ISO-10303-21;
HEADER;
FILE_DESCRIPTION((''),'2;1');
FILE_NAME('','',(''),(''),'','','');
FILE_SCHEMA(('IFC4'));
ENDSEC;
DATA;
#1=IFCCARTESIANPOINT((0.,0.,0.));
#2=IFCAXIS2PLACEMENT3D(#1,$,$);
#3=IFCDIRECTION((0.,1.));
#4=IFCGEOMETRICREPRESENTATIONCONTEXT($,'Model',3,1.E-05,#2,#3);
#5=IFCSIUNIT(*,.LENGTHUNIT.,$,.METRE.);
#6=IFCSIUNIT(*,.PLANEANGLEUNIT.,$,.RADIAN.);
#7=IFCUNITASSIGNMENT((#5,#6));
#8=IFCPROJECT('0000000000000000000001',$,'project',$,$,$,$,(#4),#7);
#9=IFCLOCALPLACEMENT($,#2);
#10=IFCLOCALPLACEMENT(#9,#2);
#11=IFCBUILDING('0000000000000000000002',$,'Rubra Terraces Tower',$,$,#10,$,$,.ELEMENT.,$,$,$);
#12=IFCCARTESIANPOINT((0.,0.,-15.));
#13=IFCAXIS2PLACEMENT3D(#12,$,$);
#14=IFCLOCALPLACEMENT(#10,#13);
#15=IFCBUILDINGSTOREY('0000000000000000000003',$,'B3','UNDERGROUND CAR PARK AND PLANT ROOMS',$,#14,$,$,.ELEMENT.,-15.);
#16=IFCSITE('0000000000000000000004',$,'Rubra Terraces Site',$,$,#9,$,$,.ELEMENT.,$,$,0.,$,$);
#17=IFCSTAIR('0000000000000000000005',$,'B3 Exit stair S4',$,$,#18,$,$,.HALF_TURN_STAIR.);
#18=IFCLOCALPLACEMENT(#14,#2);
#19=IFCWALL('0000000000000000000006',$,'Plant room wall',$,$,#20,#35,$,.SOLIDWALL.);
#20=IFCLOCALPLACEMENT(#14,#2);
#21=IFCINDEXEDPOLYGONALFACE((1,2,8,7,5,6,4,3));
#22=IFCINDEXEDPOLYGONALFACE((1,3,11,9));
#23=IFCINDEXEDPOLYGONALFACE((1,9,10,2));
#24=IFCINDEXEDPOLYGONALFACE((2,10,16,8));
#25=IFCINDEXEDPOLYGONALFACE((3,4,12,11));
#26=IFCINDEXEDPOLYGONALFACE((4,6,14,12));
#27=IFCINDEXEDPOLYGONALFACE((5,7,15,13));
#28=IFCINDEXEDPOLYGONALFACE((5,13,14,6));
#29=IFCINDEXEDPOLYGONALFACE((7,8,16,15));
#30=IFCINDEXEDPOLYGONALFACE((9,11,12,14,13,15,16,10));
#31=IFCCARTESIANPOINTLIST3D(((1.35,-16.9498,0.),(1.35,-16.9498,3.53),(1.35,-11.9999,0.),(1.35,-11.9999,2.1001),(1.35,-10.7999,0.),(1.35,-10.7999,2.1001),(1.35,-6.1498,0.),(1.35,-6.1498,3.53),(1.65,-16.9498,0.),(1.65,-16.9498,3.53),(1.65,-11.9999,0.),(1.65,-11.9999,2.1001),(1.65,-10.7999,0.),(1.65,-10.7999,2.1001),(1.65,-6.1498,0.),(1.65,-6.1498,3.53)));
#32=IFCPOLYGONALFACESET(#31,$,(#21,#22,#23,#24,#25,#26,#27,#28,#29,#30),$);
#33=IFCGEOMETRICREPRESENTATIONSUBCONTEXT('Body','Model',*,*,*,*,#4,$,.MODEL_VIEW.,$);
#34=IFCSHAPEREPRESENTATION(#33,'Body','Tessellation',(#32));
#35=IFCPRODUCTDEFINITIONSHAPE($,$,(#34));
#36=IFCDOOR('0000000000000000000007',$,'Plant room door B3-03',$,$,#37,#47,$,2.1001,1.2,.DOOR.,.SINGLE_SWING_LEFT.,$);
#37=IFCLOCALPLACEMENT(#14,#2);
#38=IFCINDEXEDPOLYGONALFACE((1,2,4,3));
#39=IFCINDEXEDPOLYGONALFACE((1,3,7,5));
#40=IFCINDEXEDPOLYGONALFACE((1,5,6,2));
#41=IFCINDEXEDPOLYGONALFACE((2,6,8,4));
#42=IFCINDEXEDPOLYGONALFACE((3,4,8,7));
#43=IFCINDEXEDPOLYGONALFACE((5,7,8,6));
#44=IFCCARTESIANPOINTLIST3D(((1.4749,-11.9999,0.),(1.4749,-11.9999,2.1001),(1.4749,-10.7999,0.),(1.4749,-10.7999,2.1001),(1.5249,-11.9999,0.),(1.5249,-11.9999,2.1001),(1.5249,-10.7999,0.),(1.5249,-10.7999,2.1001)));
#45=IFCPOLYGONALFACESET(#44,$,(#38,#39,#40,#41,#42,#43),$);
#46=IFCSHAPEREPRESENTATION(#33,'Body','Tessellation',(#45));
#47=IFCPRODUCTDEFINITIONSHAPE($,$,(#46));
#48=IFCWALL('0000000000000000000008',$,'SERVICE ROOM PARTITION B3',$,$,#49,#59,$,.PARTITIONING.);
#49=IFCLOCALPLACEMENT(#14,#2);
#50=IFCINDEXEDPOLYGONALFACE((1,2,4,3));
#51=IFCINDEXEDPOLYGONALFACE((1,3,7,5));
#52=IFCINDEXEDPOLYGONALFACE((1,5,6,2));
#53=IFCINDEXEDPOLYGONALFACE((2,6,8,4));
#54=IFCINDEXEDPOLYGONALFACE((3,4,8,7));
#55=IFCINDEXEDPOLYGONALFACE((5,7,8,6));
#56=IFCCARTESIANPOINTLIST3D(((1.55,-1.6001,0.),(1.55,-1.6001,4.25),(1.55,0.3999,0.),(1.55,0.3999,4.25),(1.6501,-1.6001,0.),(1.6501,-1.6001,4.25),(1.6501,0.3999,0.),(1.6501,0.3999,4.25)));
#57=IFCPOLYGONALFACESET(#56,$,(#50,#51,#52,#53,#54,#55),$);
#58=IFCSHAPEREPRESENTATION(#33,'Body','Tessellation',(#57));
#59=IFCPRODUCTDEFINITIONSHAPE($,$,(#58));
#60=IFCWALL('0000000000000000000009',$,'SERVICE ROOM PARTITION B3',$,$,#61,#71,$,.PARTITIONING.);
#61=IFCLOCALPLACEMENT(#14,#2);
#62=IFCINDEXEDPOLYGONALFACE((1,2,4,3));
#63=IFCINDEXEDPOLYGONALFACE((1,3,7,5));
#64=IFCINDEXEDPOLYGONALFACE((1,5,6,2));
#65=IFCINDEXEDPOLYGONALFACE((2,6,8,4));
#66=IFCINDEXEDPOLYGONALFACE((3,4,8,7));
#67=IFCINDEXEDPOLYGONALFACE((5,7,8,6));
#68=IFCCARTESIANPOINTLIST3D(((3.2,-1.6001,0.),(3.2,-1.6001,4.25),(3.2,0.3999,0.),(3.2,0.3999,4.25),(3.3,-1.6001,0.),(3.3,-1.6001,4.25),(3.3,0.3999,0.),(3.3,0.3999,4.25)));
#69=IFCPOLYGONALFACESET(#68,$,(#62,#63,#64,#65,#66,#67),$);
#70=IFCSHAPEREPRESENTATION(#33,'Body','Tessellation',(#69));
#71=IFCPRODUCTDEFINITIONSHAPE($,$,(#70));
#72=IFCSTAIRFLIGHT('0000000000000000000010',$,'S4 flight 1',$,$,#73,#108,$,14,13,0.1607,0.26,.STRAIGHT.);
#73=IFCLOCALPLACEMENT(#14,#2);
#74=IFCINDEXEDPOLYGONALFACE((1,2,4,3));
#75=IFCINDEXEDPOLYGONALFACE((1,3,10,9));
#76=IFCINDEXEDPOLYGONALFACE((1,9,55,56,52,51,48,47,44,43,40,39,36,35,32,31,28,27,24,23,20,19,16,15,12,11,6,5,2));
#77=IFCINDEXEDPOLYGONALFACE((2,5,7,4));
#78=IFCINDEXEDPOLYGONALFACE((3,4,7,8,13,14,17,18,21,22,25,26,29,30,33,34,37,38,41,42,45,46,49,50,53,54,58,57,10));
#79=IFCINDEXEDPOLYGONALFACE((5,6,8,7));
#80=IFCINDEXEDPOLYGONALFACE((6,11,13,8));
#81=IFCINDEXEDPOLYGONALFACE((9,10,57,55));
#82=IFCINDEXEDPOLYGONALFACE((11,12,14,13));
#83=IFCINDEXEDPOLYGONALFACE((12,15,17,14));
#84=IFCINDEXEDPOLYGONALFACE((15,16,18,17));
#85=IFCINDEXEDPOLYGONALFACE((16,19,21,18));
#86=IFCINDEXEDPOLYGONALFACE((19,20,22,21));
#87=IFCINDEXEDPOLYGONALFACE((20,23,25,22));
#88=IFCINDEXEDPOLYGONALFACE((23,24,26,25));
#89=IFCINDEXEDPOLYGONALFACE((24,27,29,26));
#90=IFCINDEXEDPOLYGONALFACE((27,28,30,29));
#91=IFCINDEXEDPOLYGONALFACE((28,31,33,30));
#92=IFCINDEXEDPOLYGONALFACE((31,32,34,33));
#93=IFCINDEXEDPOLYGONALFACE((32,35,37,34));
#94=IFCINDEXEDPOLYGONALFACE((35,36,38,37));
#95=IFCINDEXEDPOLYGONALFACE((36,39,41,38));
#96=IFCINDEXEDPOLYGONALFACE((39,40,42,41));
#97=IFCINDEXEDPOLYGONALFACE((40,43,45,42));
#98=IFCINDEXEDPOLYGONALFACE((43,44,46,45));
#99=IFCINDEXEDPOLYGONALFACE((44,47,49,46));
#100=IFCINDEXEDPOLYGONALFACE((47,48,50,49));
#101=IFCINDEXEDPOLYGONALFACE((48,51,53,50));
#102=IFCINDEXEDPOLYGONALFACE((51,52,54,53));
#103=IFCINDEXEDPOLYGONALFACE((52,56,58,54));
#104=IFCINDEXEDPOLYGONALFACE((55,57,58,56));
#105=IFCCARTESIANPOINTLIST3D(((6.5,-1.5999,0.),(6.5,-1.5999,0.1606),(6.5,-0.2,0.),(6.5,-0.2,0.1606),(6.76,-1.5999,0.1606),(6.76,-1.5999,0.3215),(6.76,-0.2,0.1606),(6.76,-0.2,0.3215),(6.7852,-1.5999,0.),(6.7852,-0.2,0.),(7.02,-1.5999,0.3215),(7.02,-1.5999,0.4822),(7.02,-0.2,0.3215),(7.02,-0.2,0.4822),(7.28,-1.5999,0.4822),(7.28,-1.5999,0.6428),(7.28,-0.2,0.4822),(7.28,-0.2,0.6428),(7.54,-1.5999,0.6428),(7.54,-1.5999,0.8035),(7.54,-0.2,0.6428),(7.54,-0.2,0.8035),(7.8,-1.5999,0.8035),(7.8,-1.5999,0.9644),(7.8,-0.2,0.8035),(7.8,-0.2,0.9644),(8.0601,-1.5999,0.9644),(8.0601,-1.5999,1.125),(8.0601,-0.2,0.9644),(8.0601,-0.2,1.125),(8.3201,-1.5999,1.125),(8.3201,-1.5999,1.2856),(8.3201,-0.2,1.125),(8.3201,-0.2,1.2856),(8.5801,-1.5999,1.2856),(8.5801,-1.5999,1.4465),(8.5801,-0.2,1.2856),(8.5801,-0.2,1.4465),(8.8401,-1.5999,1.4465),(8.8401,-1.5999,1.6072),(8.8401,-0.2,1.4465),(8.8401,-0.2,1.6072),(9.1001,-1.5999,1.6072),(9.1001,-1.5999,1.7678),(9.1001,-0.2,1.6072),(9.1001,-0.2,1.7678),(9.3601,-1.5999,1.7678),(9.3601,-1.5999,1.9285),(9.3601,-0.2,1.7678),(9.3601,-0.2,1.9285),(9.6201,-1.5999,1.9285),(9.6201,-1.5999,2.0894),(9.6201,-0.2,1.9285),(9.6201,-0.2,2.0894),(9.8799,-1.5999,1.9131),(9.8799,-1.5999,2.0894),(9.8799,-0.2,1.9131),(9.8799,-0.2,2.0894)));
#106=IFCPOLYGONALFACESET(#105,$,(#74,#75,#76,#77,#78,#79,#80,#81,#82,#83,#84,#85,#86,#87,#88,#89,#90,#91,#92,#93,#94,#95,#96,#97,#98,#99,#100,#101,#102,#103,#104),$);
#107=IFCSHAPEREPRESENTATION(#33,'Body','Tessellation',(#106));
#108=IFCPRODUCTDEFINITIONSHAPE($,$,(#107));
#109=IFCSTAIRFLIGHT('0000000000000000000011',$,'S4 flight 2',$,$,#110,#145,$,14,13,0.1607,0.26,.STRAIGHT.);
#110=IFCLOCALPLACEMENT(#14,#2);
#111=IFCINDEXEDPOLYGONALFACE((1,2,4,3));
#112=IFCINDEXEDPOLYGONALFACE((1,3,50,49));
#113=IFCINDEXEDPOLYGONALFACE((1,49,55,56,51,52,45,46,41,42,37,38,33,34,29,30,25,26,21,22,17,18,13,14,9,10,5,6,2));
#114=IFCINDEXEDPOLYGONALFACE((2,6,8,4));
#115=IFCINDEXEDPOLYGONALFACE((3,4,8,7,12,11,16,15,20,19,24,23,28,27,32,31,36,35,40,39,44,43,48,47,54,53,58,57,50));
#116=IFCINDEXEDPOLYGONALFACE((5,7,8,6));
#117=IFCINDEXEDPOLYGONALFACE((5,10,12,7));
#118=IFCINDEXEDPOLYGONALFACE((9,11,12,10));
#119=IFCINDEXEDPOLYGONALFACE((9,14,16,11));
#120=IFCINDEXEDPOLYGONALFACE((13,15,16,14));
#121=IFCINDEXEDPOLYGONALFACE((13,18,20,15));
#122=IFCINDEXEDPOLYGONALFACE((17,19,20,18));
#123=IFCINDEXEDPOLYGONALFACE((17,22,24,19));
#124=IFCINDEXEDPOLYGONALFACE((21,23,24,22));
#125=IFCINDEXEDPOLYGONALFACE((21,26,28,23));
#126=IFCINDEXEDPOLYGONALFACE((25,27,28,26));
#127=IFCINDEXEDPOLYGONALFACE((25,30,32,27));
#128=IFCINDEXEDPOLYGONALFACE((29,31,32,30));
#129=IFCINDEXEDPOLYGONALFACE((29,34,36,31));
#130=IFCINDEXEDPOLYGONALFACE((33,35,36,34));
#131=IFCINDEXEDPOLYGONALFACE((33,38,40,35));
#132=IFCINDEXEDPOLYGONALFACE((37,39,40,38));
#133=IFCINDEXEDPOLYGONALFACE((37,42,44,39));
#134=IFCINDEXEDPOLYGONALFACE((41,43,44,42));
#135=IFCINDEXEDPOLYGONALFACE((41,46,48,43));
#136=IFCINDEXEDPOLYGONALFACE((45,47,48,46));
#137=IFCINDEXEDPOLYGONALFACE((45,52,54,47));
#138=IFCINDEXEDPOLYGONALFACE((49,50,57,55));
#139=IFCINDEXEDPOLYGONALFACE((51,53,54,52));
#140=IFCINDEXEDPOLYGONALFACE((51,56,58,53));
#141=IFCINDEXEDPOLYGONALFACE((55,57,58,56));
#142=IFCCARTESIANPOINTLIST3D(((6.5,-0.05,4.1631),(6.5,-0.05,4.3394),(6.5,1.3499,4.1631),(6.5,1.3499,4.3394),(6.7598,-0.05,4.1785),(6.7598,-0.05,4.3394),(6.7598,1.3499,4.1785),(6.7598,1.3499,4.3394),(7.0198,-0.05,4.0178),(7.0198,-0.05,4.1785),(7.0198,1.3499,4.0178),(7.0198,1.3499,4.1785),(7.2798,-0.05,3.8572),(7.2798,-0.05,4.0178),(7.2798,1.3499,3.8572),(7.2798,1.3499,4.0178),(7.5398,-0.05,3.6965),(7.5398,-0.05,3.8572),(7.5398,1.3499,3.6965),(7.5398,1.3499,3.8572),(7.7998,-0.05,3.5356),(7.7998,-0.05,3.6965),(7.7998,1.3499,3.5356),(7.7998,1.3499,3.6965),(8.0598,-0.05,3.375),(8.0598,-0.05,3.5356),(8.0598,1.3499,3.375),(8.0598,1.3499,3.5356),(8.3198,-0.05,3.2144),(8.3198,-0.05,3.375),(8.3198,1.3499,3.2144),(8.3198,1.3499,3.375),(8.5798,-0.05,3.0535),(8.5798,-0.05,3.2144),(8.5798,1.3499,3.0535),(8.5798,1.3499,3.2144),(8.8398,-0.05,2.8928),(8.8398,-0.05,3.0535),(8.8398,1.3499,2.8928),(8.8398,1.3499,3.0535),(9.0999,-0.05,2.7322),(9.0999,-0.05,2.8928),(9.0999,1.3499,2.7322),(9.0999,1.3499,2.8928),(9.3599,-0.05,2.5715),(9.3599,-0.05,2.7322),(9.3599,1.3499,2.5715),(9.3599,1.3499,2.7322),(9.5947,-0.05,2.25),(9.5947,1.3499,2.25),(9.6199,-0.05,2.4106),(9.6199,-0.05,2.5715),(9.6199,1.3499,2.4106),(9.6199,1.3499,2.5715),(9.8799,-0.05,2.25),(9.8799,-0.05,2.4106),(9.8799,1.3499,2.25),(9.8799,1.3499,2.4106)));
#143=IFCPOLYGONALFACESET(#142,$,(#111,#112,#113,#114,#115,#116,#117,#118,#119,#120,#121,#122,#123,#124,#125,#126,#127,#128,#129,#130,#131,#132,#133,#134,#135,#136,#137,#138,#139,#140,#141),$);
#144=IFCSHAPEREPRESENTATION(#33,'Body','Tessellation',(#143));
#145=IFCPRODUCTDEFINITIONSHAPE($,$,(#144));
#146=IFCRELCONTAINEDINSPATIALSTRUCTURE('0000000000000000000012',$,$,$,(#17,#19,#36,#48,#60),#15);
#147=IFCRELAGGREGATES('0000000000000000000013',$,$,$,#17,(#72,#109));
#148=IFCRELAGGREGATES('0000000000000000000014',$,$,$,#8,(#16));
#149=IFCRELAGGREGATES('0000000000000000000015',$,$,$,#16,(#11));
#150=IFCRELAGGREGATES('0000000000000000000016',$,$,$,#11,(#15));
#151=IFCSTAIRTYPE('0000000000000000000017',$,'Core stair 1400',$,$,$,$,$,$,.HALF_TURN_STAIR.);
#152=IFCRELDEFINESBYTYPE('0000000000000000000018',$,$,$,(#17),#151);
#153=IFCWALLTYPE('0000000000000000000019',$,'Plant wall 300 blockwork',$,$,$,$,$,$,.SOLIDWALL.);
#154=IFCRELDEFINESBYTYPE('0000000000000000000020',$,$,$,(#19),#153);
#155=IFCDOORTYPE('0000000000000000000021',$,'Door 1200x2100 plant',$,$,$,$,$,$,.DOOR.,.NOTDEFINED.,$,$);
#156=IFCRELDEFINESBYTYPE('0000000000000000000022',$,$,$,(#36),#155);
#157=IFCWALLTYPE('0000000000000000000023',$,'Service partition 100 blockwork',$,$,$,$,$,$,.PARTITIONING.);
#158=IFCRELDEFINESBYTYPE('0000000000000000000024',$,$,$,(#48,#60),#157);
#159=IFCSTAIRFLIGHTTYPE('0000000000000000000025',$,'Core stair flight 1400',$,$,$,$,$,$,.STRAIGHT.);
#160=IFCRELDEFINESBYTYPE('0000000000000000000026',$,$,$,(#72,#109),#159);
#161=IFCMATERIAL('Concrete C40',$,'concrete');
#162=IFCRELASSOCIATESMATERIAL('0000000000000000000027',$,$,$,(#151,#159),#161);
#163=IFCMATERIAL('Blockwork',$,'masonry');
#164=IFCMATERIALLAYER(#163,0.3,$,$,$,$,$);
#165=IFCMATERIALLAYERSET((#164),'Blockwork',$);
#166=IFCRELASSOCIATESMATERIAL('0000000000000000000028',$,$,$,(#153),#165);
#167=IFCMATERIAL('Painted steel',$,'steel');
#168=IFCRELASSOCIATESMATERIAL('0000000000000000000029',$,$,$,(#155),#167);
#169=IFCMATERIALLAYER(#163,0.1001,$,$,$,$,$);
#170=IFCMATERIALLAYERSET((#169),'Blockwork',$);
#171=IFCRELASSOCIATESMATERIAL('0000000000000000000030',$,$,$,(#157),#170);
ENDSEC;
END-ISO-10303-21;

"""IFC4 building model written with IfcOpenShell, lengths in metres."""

from ifc_helpers import new_model, si_unit, direction, frame, frame_2d, origin, place, context, subcontext, project, spatial, polyline, rectangle, outline, extrude, material, layer, layer_set, type_object, element, fill, aggregate, save


model = new_model("IFC4")

# Units and contexts
model_context = context("Model", 3, precision=1e-05, world=origin(), true_north=direction((0.0, 1.0)))
body_context = subcontext(model_context, "Body", "Model", "MODEL_VIEW")
ifc_project = project(units=[si_unit("LENGTHUNIT", "METRE"), si_unit("PLANEANGLEUNIT", "RADIAN")], contexts=[model_context])

# Site, building, storey
site_placement = place(None, origin())
site = spatial("IfcSite", under=ifc_project, at=site_placement, Name="Rubra Terraces Site", CompositionType="ELEMENT", RefElevation=0.0)
building_placement = place(site_placement, origin())
building = spatial("IfcBuilding", under=site, at=building_placement, Name="Rubra Terraces Tower", CompositionType="ELEMENT")
storey_placement = place(building_placement, frame((0.0, 0.0, -15.0)))
storey = spatial("IfcBuildingStorey", under=building, at=storey_placement, Name="B3", Description="UNDERGROUND CAR PARK AND PLANT ROOMS", CompositionType="ELEMENT", Elevation=-15.0)

# Shared definitions
ifc_material_1 = material(Name="Concrete C40", Category="concrete")

# Stair
stair_type = type_object("IfcStairType", Name="Core stair 1400", PredefinedType="HALF_TURN_STAIR", material=ifc_material_1)
stair_1_placement = place(storey_placement, origin())
stair_1 = element("IfcStair", 1, at=stair_1_placement, inside=storey, type_object=stair_type, Name="B3 Exit stair S4", PredefinedType="HALF_TURN_STAIR")

# Wall, opening, door
ifc_material_2 = material(Name="Blockwork", Category="masonry")
ifc_layer_1 = layer(ifc_material_2, 0.3)
ifc_layer_set_1 = layer_set([ifc_layer_1], Name="Blockwork")
wall_type_1 = type_object("IfcWallType", Name="Plant wall 300 blockwork", PredefinedType="SOLIDWALL", material=ifc_layer_set_1)
wall_1_placement = place(storey_placement, frame((1.5, -6.1499, 0.0), z_axis=(0.0, 0.0, 1.0), x_axis=(0.0, -1.0, 0.0)))
wall_1 = element("IfcWall", 2, at=wall_1_placement, inside=storey, type_object=wall_type_1, Name="Plant room wall", PredefinedType="SOLIDWALL", context=body_context, shape_type="SweptSolid", body=[
    extrude(rectangle(XDim=10.8, YDim=0.3, at=frame_2d((5.3999, 0.0))), origin(), (0.0, 0.0, 1.0), 3.53),
])
opening_placement = place(wall_1_placement, frame((4.6499, 0.0, 0.0)))
opening = element("IfcOpeningElement", 3, at=opening_placement, cuts=wall_1, PredefinedType="OPENING", context=body_context, shape_type="SweptSolid", body=[
    extrude(rectangle(XDim=1.2, YDim=2.1001, at=frame_2d((0.6001, 1.05))), frame((0.0, 0.1599, 0.0), z_axis=(0.0, -1.0, 0.0), x_axis=(1.0, 0.0, 0.0)), (0.0, 0.0, 1.0), 0.3201),
])
ifc_material_3 = material(Name="Painted steel", Category="steel")
door_type = type_object("IfcDoorType", Name="Door 1200x2100 plant", OperationType="NOTDEFINED", PredefinedType="DOOR", material=ifc_material_3)
door_placement = place(opening_placement, origin())
door = element("IfcDoor", 4, at=door_placement, inside=storey, type_object=door_type, Name="Plant room door B3-03", OperationType="SINGLE_SWING_LEFT", OverallHeight=2.1001, OverallWidth=1.2, PredefinedType="DOOR", context=body_context, shape_type="SweptSolid", body=[
    extrude(rectangle(XDim=1.2, YDim=2.1001, at=frame_2d((0.6001, 1.05))), frame((0.0, 0.0249, 0.0), z_axis=(0.0, -1.0, 0.0), x_axis=(1.0, 0.0, 0.0)), (0.0, 0.0, 1.0), 0.05),
])
fill(opening, door)

# Walls
ifc_layer_2 = layer(ifc_material_2, 0.1001)
ifc_layer_set_2 = layer_set([ifc_layer_2], Name="Blockwork")
wall_type_2 = type_object("IfcWallType", Name="Service partition 100 blockwork", PredefinedType="PARTITIONING", material=ifc_layer_set_2)
for number, where, z_axis, x_axis, name in (
    (5, (1.6001, -1.6001, 0.0), (0.0, 0.0, 1.0), (0.0, 1.0, 0.0), "SERVICE ROOM PARTITION B3"),
    (6, (3.25, -1.6001, 0.0), (0.0, 0.0, 1.0), (0.0, 1.0, 0.0), "SERVICE ROOM PARTITION B3"),
):
    element("IfcWall", number, at=place(storey_placement, frame(where, z_axis=z_axis, x_axis=x_axis)), inside=storey, type_object=wall_type_2, Name=name, PredefinedType="PARTITIONING", context=body_context, shape_type="SweptSolid", body=[
        extrude(rectangle(XDim=2.0, YDim=0.1001, at=frame_2d((1.0, 0.0))), origin(), (0.0, 0.0, 1.0), 4.25),
    ])

# Stair flights
stair_flight_type = type_object("IfcStairFlightType", Name="Core stair flight 1400", PredefinedType="STRAIGHT", material=ifc_material_1)
stair_flight_1_placement = place(storey_placement, frame((6.5, -0.8999, 0.0), z_axis=(0.0, 0.0, 1.0), x_axis=(1.0, 0.0, 0.0)))
stair_flight_1 = element("IfcStairFlight", 7, at=stair_flight_1_placement, type_object=stair_flight_type, Name="S4 flight 1", NumberOfRisers=14, NumberOfTreads=13, PredefinedType="STRAIGHT", RiserHeight=0.1607, TreadLength=0.26, context=body_context, shape_type="SweptSolid", body=[
    extrude(outline(polyline([(0.0, 0.0), (0.0, 0.1606), (0.26, 0.1606), (0.26, 0.3215), (0.52, 0.3215), (0.52, 0.4822), (0.78, 0.4822), (0.78, 0.6428), (1.04, 0.6428), (1.04, 0.8035), (1.3, 0.8035), (1.3, 0.9644), (1.5601, 0.9644), (1.5601, 1.125), (1.8201, 1.125), (1.8201, 1.2856), (2.0801, 1.2856), (2.0801, 1.4465), (2.3401, 1.4465), (2.3401, 1.6072), (2.6001, 1.6072), (2.6001, 1.7678), (2.8601, 1.7678), (2.8601, 1.9285), (3.1201, 1.9285), (3.1201, 2.0894), (3.3799, 2.0894), (3.3799, 2.25), (3.3799, 1.9131), (0.2852, 0.0), (0.0, 0.0)])), frame((0.0, 0.7, 0.0), z_axis=(0.0, -1.0, 0.0), x_axis=(1.0, 0.0, 0.0)), (0.0, 0.0, 1.0), 1.3999),
])
stair_flight_2_placement = place(storey_placement, frame((9.8799, 0.6499, 2.25), z_axis=(0.0, 0.0, 1.0), x_axis=(-1.0, 0.0, 0.0)))
stair_flight_2 = element("IfcStairFlight", 8, at=stair_flight_2_placement, type_object=stair_flight_type, Name="S4 flight 2", NumberOfRisers=14, NumberOfTreads=13, PredefinedType="STRAIGHT", RiserHeight=0.1607, TreadLength=0.26, context=body_context, shape_type="SweptSolid", body=[
    extrude(outline(polyline([(0.0, 0.0), (0.0, 0.1606), (0.26, 0.1606), (0.26, 0.3215), (0.52, 0.3215), (0.52, 0.4822), (0.78, 0.4822), (0.78, 0.6428), (1.04, 0.6428), (1.04, 0.8035), (1.3, 0.8035), (1.3, 0.9644), (1.5601, 0.9644), (1.5601, 1.125), (1.8201, 1.125), (1.8201, 1.2856), (2.0801, 1.2856), (2.0801, 1.4465), (2.3401, 1.4465), (2.3401, 1.6072), (2.6001, 1.6072), (2.6001, 1.7678), (2.8601, 1.7678), (2.8601, 1.9285), (3.1201, 1.9285), (3.1201, 2.0894), (3.3799, 2.0894), (3.3799, 2.25), (3.3799, 1.9131), (0.2852, 0.0), (0.0, 0.0)])), frame((0.0, 0.7, 0.0), z_axis=(0.0, -1.0, 0.0), x_axis=(1.0, 0.0, 0.0)), (0.0, 0.0, 1.0), 1.3999),
])
aggregate(stair_1, [stair_flight_1, stair_flight_2])

save(model, "model.ifc")
